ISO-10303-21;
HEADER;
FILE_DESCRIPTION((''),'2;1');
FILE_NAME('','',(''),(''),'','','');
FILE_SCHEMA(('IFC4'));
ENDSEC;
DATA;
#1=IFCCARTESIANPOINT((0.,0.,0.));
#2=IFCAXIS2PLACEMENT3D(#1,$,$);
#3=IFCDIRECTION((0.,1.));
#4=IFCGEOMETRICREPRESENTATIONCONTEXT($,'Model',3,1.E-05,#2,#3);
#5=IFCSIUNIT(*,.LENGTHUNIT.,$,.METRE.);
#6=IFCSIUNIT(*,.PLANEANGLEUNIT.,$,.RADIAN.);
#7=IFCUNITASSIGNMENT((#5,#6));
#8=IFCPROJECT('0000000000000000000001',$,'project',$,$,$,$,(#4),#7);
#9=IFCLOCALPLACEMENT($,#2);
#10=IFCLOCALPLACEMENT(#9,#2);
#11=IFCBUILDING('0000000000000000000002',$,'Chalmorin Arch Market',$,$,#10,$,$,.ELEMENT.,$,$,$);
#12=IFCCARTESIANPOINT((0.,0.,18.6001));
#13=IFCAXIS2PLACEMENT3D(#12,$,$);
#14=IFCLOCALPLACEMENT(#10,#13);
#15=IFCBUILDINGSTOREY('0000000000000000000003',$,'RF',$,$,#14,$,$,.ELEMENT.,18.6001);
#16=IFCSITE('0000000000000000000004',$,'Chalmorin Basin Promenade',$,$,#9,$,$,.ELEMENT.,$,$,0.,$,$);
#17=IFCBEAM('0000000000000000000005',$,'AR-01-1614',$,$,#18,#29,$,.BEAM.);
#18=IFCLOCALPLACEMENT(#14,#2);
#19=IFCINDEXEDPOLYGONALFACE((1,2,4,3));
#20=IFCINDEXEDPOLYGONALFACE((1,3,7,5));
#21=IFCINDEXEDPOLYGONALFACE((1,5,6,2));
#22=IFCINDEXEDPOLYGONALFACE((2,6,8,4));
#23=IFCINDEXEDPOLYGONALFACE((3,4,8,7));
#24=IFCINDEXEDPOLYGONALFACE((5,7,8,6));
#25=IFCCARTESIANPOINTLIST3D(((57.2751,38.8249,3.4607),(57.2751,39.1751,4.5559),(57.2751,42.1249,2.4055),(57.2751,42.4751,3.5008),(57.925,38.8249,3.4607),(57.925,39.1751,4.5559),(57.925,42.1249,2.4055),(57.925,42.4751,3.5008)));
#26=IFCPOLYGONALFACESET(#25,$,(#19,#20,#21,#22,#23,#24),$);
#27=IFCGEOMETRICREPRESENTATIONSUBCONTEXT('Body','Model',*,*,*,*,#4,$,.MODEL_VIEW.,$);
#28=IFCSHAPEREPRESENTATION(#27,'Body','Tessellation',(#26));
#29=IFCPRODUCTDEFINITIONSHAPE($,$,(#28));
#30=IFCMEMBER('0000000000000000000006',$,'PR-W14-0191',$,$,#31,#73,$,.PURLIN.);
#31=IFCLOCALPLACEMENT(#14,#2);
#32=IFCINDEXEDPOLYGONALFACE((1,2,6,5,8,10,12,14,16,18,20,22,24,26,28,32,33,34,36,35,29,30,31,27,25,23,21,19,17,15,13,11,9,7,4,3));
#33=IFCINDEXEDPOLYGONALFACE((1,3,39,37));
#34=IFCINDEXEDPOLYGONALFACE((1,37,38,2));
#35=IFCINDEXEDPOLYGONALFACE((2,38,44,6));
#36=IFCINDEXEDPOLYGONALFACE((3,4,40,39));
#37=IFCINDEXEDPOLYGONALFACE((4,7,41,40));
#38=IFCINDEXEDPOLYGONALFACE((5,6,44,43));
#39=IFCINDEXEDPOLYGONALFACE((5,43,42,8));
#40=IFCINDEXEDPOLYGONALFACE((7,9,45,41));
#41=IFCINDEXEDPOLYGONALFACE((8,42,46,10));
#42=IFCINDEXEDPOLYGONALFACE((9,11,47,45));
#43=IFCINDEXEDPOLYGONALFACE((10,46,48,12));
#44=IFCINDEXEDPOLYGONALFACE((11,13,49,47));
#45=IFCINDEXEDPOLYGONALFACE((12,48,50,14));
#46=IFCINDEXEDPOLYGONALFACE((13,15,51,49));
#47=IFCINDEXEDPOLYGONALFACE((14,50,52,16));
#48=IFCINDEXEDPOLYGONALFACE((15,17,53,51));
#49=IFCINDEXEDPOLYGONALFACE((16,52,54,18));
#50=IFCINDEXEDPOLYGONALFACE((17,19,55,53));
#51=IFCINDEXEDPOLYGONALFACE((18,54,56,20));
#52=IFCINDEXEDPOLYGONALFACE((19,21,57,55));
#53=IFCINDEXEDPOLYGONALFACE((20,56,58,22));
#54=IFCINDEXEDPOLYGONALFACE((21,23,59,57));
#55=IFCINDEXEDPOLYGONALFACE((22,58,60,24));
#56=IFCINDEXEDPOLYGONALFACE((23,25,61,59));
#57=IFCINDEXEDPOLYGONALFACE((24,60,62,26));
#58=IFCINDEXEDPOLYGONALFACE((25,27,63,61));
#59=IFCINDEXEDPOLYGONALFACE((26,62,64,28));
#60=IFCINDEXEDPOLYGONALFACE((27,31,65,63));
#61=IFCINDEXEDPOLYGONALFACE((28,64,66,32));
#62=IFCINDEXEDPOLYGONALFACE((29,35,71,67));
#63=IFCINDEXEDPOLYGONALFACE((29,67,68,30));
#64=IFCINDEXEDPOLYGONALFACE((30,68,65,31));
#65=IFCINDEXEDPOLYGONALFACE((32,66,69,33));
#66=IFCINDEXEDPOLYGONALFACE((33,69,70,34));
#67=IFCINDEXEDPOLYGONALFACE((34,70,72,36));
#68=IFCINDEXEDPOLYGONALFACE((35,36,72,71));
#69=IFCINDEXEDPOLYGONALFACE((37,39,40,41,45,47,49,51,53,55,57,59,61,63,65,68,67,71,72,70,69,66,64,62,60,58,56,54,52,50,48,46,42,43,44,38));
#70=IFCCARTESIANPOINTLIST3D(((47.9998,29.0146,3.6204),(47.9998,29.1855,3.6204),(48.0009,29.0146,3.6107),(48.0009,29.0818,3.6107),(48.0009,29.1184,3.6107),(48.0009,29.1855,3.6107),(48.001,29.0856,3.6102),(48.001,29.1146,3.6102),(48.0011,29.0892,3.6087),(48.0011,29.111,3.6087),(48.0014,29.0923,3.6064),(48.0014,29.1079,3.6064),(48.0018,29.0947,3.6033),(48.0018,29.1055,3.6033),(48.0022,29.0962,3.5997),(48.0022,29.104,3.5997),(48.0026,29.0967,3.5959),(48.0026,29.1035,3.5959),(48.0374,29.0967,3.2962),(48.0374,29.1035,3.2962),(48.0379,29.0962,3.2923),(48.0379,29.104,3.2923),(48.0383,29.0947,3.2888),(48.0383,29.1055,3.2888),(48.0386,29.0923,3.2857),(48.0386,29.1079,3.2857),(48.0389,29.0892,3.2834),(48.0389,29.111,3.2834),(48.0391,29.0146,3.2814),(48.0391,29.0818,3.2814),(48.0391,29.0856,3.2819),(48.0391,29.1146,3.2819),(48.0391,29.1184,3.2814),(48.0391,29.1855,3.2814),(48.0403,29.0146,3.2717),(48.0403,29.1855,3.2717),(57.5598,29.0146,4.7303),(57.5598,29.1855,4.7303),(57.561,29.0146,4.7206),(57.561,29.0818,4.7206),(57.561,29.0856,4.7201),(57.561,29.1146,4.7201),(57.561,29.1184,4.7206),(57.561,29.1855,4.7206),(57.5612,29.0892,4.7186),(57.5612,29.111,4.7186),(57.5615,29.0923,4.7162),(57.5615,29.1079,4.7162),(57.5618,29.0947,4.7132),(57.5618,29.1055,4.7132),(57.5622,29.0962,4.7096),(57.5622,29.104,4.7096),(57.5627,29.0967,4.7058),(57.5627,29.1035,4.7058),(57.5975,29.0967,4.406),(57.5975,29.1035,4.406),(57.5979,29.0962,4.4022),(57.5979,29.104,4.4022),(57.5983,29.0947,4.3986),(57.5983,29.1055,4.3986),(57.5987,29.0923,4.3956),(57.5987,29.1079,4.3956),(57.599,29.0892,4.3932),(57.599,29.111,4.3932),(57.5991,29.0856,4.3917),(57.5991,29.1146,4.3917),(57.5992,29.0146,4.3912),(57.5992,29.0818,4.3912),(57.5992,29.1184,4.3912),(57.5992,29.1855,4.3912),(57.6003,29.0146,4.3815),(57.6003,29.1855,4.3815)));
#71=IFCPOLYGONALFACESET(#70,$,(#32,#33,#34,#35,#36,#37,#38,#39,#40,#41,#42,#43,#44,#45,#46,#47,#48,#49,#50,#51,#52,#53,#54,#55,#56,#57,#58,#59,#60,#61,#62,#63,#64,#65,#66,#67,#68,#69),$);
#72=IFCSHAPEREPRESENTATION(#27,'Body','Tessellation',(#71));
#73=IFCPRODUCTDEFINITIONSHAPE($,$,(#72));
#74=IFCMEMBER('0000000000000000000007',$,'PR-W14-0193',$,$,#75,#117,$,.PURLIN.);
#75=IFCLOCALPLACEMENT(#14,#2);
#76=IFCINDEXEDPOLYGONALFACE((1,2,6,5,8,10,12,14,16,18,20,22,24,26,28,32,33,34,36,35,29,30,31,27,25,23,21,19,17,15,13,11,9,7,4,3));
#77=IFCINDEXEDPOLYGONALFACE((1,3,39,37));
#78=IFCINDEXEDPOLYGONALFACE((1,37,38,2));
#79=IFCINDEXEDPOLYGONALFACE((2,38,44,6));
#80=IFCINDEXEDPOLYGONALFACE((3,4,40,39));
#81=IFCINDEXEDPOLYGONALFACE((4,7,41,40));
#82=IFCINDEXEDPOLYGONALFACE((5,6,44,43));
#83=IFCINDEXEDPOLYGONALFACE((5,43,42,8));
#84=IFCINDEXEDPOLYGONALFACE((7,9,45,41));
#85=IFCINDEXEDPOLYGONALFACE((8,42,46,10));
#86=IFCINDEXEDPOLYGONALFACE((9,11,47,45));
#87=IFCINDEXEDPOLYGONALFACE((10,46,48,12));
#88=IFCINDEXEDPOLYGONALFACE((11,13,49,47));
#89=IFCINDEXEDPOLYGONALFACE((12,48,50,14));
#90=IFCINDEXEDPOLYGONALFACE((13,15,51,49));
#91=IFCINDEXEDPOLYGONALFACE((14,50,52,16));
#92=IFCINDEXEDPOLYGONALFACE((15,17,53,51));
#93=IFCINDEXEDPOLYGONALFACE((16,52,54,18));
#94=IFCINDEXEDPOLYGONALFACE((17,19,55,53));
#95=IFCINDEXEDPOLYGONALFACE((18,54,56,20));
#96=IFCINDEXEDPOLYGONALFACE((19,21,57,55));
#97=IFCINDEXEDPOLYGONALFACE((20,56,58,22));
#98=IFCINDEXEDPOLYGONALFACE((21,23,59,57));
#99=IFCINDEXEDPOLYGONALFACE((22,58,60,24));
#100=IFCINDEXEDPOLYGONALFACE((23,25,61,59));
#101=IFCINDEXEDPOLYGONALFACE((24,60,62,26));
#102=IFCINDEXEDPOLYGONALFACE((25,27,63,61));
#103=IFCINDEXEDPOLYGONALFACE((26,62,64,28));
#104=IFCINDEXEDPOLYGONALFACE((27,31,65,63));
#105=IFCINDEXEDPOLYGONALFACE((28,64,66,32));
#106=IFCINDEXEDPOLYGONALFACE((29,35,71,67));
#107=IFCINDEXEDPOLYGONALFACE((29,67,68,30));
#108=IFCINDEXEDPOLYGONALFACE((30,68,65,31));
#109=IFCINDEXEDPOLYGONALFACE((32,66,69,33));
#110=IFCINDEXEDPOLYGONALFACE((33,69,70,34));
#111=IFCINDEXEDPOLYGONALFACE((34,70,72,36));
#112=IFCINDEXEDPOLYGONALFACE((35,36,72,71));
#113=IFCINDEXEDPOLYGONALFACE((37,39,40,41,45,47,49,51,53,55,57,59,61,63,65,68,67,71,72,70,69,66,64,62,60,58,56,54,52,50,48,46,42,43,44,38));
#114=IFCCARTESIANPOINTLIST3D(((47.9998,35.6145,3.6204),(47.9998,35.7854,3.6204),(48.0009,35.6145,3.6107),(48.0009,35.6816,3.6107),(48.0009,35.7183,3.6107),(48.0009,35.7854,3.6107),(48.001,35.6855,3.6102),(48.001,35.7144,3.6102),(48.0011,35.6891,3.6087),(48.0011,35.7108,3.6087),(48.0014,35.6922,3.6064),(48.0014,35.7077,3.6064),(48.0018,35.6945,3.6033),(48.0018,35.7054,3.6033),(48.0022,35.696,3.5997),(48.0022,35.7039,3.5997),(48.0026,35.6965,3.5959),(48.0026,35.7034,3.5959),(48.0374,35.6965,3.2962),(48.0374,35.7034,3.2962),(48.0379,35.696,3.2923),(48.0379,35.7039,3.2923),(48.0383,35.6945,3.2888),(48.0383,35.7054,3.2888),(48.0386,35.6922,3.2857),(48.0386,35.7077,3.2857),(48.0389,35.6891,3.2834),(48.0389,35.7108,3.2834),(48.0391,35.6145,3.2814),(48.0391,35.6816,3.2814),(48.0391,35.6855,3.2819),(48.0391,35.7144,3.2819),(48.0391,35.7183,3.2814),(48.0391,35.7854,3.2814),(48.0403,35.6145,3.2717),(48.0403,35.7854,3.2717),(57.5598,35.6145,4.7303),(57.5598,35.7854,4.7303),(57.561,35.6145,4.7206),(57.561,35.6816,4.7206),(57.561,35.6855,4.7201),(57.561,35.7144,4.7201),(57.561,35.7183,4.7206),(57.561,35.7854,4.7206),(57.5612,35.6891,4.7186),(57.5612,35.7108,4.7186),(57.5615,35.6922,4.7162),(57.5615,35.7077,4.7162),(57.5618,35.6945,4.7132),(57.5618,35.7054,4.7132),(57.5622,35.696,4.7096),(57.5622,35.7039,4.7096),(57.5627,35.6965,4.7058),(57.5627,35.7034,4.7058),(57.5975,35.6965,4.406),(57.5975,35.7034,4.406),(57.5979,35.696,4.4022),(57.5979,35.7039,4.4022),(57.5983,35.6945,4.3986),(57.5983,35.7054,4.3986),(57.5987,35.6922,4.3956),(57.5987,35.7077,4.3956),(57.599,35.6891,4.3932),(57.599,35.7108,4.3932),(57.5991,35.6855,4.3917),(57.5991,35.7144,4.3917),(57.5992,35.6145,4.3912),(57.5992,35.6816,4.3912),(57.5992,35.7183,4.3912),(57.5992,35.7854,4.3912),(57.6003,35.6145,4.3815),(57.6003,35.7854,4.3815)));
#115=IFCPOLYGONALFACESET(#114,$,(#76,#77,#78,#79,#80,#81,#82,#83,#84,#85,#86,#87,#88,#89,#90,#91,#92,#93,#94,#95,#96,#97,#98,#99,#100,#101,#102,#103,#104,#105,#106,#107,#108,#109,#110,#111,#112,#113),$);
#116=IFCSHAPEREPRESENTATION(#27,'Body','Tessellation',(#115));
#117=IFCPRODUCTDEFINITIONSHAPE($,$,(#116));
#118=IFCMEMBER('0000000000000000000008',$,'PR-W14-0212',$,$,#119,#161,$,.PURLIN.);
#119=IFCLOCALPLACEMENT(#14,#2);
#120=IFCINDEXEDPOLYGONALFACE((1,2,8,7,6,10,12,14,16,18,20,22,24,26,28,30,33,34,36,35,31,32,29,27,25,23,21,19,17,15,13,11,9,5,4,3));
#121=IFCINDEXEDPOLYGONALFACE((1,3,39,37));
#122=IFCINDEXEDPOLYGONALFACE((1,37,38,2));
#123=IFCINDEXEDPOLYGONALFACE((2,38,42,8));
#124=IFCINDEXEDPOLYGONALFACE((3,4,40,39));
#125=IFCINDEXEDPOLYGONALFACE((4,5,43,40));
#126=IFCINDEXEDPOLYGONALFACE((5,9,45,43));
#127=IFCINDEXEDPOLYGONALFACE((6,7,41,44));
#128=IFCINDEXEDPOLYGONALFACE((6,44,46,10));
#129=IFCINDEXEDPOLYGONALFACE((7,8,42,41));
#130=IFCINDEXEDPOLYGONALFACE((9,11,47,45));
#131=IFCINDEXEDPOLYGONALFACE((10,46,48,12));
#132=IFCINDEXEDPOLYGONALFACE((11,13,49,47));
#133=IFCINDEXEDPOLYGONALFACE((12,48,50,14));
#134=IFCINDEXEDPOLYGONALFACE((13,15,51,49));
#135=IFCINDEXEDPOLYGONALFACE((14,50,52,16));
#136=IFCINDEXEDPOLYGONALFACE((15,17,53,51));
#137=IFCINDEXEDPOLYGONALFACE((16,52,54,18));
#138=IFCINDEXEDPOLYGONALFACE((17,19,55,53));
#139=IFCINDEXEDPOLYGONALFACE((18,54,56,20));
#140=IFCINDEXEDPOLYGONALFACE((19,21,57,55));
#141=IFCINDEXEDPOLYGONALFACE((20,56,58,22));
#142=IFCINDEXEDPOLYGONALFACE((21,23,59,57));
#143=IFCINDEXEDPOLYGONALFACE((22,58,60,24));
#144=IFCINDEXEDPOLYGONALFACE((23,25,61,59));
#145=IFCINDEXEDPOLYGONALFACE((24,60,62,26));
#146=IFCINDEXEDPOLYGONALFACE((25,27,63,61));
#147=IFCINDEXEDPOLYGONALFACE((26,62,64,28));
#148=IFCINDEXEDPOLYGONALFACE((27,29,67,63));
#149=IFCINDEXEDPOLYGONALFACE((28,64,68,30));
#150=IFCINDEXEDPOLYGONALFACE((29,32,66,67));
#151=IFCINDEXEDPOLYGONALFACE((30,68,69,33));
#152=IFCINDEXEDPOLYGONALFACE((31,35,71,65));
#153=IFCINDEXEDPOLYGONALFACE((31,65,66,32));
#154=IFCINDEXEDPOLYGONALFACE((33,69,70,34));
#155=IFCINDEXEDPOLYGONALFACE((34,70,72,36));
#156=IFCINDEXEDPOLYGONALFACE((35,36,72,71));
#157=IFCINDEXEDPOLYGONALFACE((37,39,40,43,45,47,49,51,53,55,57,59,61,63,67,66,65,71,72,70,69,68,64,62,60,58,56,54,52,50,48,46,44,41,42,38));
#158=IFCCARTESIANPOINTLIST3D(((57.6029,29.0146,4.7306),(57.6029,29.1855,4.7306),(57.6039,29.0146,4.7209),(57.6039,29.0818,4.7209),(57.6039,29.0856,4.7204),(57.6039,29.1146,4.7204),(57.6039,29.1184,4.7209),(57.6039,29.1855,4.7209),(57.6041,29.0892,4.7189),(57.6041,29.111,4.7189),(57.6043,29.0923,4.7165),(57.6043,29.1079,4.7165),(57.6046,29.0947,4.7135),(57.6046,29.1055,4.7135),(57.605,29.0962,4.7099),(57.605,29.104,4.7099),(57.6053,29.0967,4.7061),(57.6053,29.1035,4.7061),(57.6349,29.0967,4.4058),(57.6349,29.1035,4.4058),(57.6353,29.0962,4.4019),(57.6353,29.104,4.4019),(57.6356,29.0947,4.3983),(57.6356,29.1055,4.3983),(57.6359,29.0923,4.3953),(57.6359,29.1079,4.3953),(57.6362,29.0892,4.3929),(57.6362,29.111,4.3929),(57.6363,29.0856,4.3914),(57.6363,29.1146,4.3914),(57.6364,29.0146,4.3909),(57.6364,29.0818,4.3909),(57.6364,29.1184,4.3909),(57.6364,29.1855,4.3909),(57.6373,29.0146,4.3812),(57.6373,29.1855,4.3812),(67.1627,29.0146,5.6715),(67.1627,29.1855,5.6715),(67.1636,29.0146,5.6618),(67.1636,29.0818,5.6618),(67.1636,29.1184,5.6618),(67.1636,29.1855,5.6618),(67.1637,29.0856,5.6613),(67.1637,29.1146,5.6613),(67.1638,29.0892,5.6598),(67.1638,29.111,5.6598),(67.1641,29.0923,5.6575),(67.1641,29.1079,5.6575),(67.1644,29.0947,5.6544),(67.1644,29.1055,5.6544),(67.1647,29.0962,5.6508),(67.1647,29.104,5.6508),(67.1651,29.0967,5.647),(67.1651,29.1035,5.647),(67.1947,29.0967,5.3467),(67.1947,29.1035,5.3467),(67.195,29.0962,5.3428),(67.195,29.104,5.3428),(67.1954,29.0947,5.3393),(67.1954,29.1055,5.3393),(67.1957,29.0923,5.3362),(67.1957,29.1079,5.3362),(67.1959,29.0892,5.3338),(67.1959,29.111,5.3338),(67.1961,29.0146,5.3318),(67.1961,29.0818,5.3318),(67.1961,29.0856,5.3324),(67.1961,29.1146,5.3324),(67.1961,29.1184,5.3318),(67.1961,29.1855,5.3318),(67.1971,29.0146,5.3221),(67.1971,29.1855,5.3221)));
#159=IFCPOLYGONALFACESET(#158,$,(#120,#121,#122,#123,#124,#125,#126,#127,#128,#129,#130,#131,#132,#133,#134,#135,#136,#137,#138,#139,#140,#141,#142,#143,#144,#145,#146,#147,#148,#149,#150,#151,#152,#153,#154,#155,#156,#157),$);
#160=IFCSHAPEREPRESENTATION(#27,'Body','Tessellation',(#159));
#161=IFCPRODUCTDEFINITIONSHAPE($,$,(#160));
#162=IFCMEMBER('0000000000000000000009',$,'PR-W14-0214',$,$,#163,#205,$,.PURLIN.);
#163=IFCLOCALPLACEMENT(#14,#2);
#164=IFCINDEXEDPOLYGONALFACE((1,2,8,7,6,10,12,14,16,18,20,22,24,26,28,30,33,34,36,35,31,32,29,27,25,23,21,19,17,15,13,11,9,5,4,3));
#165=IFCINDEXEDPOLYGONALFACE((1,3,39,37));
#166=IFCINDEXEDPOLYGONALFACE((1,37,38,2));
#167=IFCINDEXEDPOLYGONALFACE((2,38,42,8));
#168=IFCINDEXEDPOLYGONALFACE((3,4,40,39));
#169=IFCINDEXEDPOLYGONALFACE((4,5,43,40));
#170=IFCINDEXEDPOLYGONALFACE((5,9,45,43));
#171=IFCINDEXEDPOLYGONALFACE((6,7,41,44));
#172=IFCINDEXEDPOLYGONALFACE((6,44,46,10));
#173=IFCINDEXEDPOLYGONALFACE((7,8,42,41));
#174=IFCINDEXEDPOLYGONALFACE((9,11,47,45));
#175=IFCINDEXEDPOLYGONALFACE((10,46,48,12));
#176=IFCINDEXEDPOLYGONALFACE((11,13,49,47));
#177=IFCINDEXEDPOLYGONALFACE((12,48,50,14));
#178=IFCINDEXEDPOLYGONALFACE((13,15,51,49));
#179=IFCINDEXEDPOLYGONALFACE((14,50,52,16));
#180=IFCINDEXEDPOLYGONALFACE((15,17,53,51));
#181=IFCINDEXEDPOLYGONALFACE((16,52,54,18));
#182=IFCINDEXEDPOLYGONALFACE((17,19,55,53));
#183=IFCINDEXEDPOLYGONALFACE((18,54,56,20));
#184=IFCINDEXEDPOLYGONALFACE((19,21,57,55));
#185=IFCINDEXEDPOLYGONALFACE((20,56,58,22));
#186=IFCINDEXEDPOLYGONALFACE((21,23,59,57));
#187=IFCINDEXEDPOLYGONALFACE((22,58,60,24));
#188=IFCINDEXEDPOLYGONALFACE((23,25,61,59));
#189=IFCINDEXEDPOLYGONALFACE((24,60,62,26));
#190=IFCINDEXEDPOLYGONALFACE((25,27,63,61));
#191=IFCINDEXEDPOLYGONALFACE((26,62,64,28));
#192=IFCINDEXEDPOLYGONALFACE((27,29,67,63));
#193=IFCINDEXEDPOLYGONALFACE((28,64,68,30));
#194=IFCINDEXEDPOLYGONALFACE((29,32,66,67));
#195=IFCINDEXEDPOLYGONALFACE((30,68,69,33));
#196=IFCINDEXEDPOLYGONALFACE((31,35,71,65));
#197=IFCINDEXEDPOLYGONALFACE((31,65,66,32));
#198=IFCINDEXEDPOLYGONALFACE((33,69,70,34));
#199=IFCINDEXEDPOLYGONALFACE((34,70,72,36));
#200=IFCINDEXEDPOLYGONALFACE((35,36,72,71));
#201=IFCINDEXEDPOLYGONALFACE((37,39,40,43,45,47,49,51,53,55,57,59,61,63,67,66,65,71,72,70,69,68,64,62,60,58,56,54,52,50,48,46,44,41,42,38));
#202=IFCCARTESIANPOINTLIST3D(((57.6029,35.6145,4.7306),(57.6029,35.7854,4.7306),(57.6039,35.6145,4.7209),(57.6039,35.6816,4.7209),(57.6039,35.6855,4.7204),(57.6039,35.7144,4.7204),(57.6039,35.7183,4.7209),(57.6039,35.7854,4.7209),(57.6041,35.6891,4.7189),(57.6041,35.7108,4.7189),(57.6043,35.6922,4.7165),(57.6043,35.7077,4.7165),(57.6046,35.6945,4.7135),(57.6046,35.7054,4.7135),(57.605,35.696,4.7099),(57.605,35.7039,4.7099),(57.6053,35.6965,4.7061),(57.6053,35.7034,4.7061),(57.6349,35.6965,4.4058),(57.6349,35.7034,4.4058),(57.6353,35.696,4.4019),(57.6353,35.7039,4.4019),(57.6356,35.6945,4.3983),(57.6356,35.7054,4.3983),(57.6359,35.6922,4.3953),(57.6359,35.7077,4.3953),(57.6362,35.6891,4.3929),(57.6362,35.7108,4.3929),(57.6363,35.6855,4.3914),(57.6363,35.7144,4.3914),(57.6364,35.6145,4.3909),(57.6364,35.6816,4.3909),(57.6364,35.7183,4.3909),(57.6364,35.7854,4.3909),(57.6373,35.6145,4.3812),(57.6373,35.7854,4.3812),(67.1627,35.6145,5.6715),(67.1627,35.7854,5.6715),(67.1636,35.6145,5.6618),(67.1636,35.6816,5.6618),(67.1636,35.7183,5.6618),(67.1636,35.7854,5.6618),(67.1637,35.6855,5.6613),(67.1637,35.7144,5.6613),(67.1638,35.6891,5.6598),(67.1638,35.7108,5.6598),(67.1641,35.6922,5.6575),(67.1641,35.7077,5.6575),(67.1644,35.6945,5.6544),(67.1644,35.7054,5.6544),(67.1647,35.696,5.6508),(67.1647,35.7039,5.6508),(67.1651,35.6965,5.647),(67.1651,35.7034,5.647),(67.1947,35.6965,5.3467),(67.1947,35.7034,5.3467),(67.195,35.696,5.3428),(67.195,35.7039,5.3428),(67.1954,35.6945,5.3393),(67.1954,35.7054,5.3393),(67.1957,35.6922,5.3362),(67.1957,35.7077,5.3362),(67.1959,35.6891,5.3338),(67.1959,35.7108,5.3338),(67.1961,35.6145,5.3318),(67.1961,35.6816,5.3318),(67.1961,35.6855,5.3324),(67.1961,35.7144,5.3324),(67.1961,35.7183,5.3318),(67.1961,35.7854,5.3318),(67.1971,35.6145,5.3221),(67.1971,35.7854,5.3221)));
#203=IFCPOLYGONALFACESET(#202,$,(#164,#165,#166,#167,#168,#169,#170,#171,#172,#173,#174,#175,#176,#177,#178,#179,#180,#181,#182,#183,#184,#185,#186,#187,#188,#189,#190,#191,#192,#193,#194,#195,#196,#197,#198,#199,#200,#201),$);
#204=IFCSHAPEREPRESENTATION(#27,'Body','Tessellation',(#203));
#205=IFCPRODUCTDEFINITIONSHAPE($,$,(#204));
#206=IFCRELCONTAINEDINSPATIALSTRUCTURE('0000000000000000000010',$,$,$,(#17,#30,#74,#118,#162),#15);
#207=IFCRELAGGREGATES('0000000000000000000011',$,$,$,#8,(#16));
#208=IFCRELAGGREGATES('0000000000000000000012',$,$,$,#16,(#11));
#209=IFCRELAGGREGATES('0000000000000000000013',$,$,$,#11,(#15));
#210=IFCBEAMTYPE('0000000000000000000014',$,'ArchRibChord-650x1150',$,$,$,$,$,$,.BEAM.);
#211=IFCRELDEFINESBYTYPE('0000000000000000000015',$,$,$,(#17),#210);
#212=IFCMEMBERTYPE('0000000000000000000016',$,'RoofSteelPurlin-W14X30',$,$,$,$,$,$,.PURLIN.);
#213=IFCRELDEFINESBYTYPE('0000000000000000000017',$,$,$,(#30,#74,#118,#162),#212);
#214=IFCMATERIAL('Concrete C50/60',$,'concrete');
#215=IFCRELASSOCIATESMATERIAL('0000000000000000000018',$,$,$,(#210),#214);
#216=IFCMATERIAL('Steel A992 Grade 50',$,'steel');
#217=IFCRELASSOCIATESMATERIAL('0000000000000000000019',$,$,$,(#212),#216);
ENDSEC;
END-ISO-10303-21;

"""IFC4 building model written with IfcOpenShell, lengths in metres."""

from ifc_helpers import new_model, si_unit, direction, frame, origin, origin_2d, place, context, subcontext, project, spatial, rectangle, i_section, extrude, material, material_profile, profile_set, type_object, element, save


model = new_model("IFC4")

# Units and contexts
model_context = context("Model", 3, precision=1e-05, world=origin(), true_north=direction((0.0, 1.0)))
body_context = subcontext(model_context, "Body", "Model", "MODEL_VIEW")
ifc_project = project(units=[si_unit("LENGTHUNIT", "METRE"), si_unit("PLANEANGLEUNIT", "RADIAN")], contexts=[model_context])

# Site, building, storey
site_placement = place(None, origin())
site = spatial("IfcSite", under=ifc_project, at=site_placement, Name="Chalmorin Basin Promenade", CompositionType="ELEMENT", RefElevation=0.0)
building_placement = place(site_placement, origin())
building = spatial("IfcBuilding", under=site, at=building_placement, Name="Chalmorin Arch Market", CompositionType="ELEMENT")
storey_placement = place(building_placement, frame((0.0, 0.0, 18.6001)))
storey = spatial("IfcBuildingStorey", under=building, at=storey_placement, Name="RF", CompositionType="ELEMENT", Elevation=18.6001)

# Beam
ifc_material_1 = material(Name="Concrete C50/60", Category="concrete")
ifc_material_profile_1 = material_profile(ifc_material_1, rectangle(XDim=0.6499, YDim=1.1499, at=origin_2d()), Name="RC650X1150")
ifc_profile_set_1 = profile_set([ifc_material_profile_1], Name="Concrete C50/60")
beam_type = type_object("IfcBeamType", Name="ArchRibChord-650x1150", PredefinedType="BEAM", material=ifc_profile_set_1)
beam_1_placement = place(storey_placement, frame((57.6001, 39.0, 4.0083), z_axis=(0.0, 0.952494, -0.304556), x_axis=(-1.0, 0.0, 0.0)))
element("IfcBeam", 1, at=beam_1_placement, inside=storey, type_object=beam_type, Name="AR-01-1614", PredefinedType="BEAM", context=body_context, shape_type="SweptSolid", body=[
    extrude(rectangle(XDim=0.6499, YDim=1.1499, at=origin_2d()), origin(), (0.0, 0.0, 1.0), 3.4646),
])

# Members
ifc_material_2 = material(Name="Steel A992 Grade 50", Category="steel")
ifc_material_profile_2 = material_profile(ifc_material_2, i_section(OverallWidth=0.1709, OverallDepth=0.3511, WebThickness=0.0068, FlangeThickness=0.0098, FilletRadius=0.0149, at=origin_2d()), Name="W14X30")
ifc_profile_set_2 = profile_set([ifc_material_profile_2], Name="Steel A992 Grade 50")
member_type_1 = type_object("IfcMemberType", Name="RoofSteelPurlin-W14X30", PredefinedType="PURLIN", material=ifc_profile_set_2)
for number, where, z_axis, x_axis, name in (
    (2, (48.02, 29.1001, 3.446), (0.993328, 0.0, 0.115319), (0.0, 1.0, 0.0), "PR-W14-0191"),
    (3, (48.02, 35.7, 3.446), (0.993328, 0.0, 0.115319), (0.0, 1.0, 0.0), "PR-W14-0193"),
):
    element("IfcMember", number, at=place(storey_placement, frame(where, z_axis=z_axis, x_axis=x_axis)), inside=storey, type_object=member_type_1, Name=name, PredefinedType="PURLIN", context=body_context, shape_type="SweptSolid", body=[
        extrude(i_section(OverallWidth=0.1709, OverallDepth=0.3511, WebThickness=0.0068, FlangeThickness=0.0098, FilletRadius=0.0149, at=origin_2d()), origin(), (0.0, 0.0, 1.0), 9.6243),
    ])
for number, where, z_axis, x_axis, name in (
    (4, (57.6201, 29.1001, 4.5559), (0.995191, 0.0, 0.097951), (0.0, 1.0, 0.0), "PR-W14-0212"),
    (5, (57.6201, 35.7, 4.5559), (0.995191, 0.0, 0.097951), (0.0, 1.0, 0.0), "PR-W14-0214"),
):
    element("IfcMember", number, at=place(storey_placement, frame(where, z_axis=z_axis, x_axis=x_axis)), inside=storey, type_object=member_type_1, Name=name, PredefinedType="PURLIN", context=body_context, shape_type="SweptSolid", body=[
        extrude(i_section(OverallWidth=0.1709, OverallDepth=0.3511, WebThickness=0.0068, FlangeThickness=0.0098, FilletRadius=0.0149, at=origin_2d()), origin(), (0.0, 0.0, 1.0), 9.606),
    ])

save(model, "model.ifc")
